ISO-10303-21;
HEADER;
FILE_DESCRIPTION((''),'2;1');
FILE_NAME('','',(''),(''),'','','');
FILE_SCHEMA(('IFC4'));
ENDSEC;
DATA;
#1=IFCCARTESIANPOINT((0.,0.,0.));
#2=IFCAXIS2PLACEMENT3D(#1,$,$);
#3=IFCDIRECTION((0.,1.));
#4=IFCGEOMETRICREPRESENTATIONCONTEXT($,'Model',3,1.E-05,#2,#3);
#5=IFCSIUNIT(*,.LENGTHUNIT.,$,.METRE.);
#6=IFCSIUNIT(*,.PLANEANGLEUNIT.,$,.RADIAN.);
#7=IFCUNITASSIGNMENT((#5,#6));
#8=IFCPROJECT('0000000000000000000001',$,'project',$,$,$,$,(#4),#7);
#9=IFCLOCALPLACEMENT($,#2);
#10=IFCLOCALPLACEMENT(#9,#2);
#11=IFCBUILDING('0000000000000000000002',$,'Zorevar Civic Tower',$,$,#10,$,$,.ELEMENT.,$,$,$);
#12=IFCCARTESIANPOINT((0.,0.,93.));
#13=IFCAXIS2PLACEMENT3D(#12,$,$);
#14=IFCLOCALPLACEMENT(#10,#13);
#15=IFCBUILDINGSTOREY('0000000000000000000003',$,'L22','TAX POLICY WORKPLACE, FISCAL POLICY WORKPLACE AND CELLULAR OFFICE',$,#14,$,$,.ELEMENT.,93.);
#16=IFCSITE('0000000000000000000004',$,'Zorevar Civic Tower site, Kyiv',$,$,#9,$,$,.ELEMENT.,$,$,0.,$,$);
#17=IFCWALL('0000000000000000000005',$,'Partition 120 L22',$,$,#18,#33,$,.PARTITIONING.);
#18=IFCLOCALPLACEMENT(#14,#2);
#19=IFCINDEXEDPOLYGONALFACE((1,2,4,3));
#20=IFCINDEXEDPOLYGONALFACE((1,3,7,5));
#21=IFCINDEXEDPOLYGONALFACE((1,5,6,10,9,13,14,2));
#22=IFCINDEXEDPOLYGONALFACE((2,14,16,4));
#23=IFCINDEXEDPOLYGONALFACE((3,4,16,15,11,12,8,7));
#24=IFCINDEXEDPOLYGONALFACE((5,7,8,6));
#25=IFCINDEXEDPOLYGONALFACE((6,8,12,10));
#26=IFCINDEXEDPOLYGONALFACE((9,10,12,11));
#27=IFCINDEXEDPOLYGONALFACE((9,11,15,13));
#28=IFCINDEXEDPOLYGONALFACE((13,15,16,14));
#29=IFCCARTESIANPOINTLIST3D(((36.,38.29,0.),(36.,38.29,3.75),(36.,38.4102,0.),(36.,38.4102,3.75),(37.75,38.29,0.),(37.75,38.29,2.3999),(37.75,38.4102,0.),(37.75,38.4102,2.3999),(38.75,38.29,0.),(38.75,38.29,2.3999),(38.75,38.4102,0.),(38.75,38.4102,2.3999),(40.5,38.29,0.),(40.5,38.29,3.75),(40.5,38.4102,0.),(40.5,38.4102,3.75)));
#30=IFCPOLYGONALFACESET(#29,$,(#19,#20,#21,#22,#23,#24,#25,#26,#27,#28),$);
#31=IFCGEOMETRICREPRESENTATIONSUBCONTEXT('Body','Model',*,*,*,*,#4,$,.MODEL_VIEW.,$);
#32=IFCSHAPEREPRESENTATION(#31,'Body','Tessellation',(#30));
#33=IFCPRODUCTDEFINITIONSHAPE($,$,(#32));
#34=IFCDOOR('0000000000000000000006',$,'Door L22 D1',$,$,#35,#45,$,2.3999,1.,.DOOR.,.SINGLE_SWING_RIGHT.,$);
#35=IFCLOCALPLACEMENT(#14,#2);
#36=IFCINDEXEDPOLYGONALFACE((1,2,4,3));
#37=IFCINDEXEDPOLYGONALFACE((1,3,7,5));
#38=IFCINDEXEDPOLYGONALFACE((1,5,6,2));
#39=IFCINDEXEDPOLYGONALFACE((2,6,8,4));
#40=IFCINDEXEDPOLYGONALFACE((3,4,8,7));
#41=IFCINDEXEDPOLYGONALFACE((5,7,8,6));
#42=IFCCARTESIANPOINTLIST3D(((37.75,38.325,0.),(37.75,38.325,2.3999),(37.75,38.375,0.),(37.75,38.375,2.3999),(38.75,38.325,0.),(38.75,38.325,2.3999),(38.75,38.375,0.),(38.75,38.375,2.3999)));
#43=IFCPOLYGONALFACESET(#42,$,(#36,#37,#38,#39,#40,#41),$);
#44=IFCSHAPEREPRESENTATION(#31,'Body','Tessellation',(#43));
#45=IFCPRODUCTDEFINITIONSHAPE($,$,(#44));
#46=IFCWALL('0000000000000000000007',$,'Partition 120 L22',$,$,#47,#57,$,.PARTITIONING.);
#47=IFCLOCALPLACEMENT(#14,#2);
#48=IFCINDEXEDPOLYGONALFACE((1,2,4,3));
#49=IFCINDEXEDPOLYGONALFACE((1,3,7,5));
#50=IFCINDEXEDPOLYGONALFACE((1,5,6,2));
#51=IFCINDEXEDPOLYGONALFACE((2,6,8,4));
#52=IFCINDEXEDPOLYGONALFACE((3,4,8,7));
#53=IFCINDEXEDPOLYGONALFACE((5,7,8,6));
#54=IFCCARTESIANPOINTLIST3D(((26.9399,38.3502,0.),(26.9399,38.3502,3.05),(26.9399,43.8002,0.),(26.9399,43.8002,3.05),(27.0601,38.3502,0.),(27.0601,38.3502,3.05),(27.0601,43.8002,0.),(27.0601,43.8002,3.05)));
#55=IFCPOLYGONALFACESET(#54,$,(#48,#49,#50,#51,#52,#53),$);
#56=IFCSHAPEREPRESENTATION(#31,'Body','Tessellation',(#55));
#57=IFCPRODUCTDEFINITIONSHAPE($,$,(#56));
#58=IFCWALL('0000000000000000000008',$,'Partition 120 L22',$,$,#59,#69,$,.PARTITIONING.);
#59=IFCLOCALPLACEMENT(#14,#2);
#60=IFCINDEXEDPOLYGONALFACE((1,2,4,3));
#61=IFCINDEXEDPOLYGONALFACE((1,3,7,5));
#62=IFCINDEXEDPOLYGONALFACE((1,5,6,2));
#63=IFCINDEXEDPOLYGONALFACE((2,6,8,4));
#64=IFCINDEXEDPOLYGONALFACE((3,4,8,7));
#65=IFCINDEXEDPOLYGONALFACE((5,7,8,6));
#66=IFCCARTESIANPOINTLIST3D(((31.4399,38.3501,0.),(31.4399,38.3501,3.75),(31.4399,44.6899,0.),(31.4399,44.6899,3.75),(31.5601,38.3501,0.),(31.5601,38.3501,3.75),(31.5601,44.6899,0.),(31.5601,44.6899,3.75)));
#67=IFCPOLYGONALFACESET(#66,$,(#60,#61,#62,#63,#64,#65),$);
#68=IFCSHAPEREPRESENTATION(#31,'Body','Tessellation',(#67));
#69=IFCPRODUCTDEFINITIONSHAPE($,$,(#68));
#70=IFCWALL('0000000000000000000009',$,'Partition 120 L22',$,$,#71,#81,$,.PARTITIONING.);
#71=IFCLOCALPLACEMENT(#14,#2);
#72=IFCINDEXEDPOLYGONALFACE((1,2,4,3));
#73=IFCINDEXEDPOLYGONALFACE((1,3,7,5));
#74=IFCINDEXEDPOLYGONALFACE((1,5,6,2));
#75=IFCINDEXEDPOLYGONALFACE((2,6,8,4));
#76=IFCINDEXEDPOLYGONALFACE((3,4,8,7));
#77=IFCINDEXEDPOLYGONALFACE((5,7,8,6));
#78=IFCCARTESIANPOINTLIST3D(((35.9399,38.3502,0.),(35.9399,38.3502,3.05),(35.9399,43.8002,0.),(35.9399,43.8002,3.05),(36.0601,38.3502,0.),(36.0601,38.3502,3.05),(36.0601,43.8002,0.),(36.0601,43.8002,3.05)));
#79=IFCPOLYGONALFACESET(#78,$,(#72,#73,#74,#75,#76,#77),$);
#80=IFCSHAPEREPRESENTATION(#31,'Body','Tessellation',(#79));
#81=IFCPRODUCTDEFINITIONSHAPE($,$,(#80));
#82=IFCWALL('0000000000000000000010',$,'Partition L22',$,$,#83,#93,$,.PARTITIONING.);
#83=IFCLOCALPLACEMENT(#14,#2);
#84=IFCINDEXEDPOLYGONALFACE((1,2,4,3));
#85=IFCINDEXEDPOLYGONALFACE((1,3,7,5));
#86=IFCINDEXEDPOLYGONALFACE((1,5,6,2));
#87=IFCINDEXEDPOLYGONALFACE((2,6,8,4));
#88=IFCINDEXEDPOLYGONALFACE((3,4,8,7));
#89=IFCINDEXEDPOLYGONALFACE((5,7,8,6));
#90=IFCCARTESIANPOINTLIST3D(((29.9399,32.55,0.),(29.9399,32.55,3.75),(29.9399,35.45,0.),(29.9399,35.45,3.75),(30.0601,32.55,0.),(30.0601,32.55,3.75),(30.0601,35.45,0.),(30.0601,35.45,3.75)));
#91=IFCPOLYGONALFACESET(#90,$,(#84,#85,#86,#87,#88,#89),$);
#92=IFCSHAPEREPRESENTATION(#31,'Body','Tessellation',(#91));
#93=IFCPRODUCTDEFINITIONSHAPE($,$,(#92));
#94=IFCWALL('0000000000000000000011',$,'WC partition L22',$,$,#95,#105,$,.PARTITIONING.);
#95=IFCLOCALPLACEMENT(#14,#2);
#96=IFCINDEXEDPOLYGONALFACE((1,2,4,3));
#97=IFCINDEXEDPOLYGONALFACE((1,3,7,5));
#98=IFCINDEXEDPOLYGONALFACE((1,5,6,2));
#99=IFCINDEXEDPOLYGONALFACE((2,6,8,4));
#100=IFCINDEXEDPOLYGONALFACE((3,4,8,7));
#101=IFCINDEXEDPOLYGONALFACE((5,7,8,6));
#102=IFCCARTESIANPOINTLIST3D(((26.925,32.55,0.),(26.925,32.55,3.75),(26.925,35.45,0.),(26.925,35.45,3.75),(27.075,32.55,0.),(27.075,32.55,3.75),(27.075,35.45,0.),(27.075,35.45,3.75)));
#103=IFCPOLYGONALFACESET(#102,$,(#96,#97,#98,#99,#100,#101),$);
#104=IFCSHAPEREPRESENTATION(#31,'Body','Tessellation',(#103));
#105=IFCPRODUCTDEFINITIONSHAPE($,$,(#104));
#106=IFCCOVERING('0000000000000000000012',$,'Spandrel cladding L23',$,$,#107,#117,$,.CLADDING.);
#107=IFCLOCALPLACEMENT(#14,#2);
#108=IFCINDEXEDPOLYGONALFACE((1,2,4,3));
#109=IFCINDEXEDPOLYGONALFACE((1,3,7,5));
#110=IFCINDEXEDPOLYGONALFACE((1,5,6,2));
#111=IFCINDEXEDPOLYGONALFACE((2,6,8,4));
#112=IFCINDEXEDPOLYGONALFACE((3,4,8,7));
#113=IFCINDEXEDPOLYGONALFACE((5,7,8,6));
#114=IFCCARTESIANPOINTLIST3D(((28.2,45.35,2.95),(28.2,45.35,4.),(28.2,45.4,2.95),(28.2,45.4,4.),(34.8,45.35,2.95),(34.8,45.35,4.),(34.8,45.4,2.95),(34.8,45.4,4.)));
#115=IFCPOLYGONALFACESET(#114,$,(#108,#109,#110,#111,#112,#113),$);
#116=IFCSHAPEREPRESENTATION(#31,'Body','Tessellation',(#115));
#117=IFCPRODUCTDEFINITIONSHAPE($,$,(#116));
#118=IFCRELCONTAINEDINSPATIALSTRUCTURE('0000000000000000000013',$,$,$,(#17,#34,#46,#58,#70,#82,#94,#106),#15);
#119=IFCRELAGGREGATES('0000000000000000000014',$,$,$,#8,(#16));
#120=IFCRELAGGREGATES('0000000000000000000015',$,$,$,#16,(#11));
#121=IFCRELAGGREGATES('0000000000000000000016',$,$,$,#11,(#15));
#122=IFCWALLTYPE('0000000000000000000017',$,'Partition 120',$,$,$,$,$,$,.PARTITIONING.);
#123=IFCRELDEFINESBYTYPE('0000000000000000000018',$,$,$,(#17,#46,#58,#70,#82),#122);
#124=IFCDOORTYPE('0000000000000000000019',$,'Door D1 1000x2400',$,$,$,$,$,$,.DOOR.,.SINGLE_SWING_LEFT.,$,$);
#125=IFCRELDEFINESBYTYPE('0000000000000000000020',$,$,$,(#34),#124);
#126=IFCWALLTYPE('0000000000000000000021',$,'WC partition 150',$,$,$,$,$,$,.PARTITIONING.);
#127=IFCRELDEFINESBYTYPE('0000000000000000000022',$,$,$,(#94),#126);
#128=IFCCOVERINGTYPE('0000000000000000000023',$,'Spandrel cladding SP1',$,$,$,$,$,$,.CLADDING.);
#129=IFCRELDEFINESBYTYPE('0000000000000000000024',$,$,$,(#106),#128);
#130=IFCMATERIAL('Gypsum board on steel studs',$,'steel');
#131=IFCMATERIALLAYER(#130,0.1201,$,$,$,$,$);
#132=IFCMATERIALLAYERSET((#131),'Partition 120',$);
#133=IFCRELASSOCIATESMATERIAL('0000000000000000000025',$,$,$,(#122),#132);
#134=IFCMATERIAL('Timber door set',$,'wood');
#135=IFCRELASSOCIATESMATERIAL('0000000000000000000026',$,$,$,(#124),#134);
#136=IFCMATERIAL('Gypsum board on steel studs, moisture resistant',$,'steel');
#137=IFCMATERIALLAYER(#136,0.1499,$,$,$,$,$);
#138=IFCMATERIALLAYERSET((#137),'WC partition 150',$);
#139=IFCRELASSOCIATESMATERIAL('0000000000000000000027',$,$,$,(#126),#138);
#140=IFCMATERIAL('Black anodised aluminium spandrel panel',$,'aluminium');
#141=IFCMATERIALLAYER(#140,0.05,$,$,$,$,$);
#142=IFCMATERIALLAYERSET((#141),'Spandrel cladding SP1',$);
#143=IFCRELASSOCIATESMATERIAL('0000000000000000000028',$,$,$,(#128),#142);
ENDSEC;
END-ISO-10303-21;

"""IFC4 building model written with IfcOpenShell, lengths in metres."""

from ifc_helpers import new_model, si_unit, direction, frame, frame_2d, origin, place, context, subcontext, project, spatial, rectangle, extrude, material, layer, layer_set, type_object, element, fill, save


model = new_model("IFC4")

# Units and contexts
model_context = context("Model", 3, precision=1e-05, world=origin(), true_north=direction((0.0, 1.0)))
body_context = subcontext(model_context, "Body", "Model", "MODEL_VIEW")
ifc_project = project(units=[si_unit("LENGTHUNIT", "METRE"), si_unit("PLANEANGLEUNIT", "RADIAN")], contexts=[model_context])

# Site, building, storey
site_placement = place(None, origin())
site = spatial("IfcSite", under=ifc_project, at=site_placement, Name="Zorevar Civic Tower site, Kyiv", CompositionType="ELEMENT", RefElevation=0.0)
building_placement = place(site_placement, origin())
building = spatial("IfcBuilding", under=site, at=building_placement, Name="Zorevar Civic Tower", CompositionType="ELEMENT")
storey_placement = place(building_placement, frame((0.0, 0.0, 93.0)))
storey = spatial("IfcBuildingStorey", under=building, at=storey_placement, Name="L22", Description="TAX POLICY WORKPLACE, FISCAL POLICY WORKPLACE AND CELLULAR OFFICE", CompositionType="ELEMENT", Elevation=93.0)

# Wall, opening, door
ifc_material_1 = material(Name="Gypsum board on steel studs", Category="steel")
ifc_layer_1 = layer(ifc_material_1, 0.1201)
ifc_layer_set_1 = layer_set([ifc_layer_1], Name="Partition 120")
wall_type_1 = type_object("IfcWallType", Name="Partition 120", PredefinedType="PARTITIONING", material=ifc_layer_set_1)
ifc_material_2 = material(Name="Timber door set", Category="wood")
door_type_1 = type_object("IfcDoorType", Name="Door D1 1000x2400", OperationType="SINGLE_SWING_LEFT", PredefinedType="DOOR", material=ifc_material_2)
wall_1_placement = place(storey_placement, frame((36.0, 38.3501, 0.0), z_axis=(0.0, 0.0, 1.0), x_axis=(1.0, 0.0, 0.0)))
wall_1 = element("IfcWall", 1, at=wall_1_placement, inside=storey, type_object=wall_type_1, Name="Partition 120 L22", PredefinedType="PARTITIONING", context=body_context, shape_type="SweptSolid", body=[
    extrude(rectangle(XDim=4.5, YDim=0.1201, at=frame_2d((2.25, 0.0))), origin(), (0.0, 0.0, 1.0), 3.75),
])
opening_1_placement = place(wall_1_placement, frame((1.75, 0.0, 0.0)))
opening_1 = element("IfcOpeningElement", 2, at=opening_1_placement, cuts=wall_1, PredefinedType="OPENING", context=body_context, shape_type="SweptSolid", body=[
    extrude(rectangle(XDim=1.0, YDim=2.3999, at=frame_2d((0.5, 1.2))), frame((0.0, 0.0701, 0.0), z_axis=(0.0, -1.0, 0.0), x_axis=(1.0, 0.0, 0.0)), (0.0, 0.0, 1.0), 0.1401),
])
door_1_placement = place(opening_1_placement, origin())
door_1 = element("IfcDoor", 3, at=door_1_placement, inside=storey, type_object=door_type_1, Name="Door L22 D1", OperationType="SINGLE_SWING_RIGHT", OverallHeight=2.3999, OverallWidth=1.0, PredefinedType="DOOR", context=body_context, shape_type="SweptSolid", body=[
    extrude(rectangle(XDim=1.0, YDim=2.3999, at=frame_2d((0.5, 1.2))), frame((0.0, 0.0249, 0.0), z_axis=(0.0, -1.0, 0.0), x_axis=(1.0, 0.0, 0.0)), (0.0, 0.0, 1.0), 0.05),
])
fill(opening_1, door_1)

# Walls
wall_2_placement = place(storey_placement, frame((27.0, 38.3501, 0.0), z_axis=(0.0, 0.0, 1.0), x_axis=(0.0, 1.0, 0.0)))
element("IfcWall", 4, at=wall_2_placement, inside=storey, type_object=wall_type_1, Name="Partition 120 L22", PredefinedType="PARTITIONING", context=body_context, shape_type="SweptSolid", body=[
    extrude(rectangle(XDim=5.45, YDim=0.1201, at=frame_2d((2.7251, 0.0))), origin(), (0.0, 0.0, 1.0), 3.05),
])
wall_3_placement = place(storey_placement, frame((31.5, 38.3501, 0.0), z_axis=(0.0, 0.0, 1.0), x_axis=(0.0, 1.0, 0.0)))
element("IfcWall", 5, at=wall_3_placement, inside=storey, type_object=wall_type_1, Name="Partition 120 L22", PredefinedType="PARTITIONING", context=body_context, shape_type="SweptSolid", body=[
    extrude(rectangle(XDim=6.3398, YDim=0.1201, at=frame_2d((3.1699, 0.0))), origin(), (0.0, 0.0, 1.0), 3.75),
])
wall_4_placement = place(storey_placement, frame((36.0, 38.3501, 0.0), z_axis=(0.0, 0.0, 1.0), x_axis=(0.0, 1.0, 0.0)))
element("IfcWall", 6, at=wall_4_placement, inside=storey, type_object=wall_type_1, Name="Partition 120 L22", PredefinedType="PARTITIONING", context=body_context, shape_type="SweptSolid", body=[
    extrude(rectangle(XDim=5.45, YDim=0.1201, at=frame_2d((2.7251, 0.0))), origin(), (0.0, 0.0, 1.0), 3.05),
])
wall_5_placement = place(storey_placement, frame((30.0, 32.55, 0.0), z_axis=(0.0, 0.0, 1.0), x_axis=(0.0, 1.0, 0.0)))
element("IfcWall", 7, at=wall_5_placement, inside=storey, type_object=wall_type_1, Name="Partition L22", PredefinedType="PARTITIONING", context=body_context, shape_type="SweptSolid", body=[
    extrude(rectangle(XDim=2.8999, YDim=0.1201, at=frame_2d((1.45, 0.0))), origin(), (0.0, 0.0, 1.0), 3.75),
])
ifc_material_3 = material(Name="Gypsum board on steel studs, moisture resistant", Category="steel")
ifc_layer_2 = layer(ifc_material_3, 0.1499)
ifc_layer_set_2 = layer_set([ifc_layer_2], Name="WC partition 150")
wall_type_2 = type_object("IfcWallType", Name="WC partition 150", PredefinedType="PARTITIONING", material=ifc_layer_set_2)
wall_6_placement = place(storey_placement, frame((27.0, 32.55, 0.0), z_axis=(0.0, 0.0, 1.0), x_axis=(0.0, 1.0, 0.0)))
element("IfcWall", 8, at=wall_6_placement, inside=storey, type_object=wall_type_2, Name="WC partition L22", PredefinedType="PARTITIONING", context=body_context, shape_type="SweptSolid", body=[
    extrude(rectangle(XDim=2.8999, YDim=0.1499, at=frame_2d((1.45, 0.0))), origin(), (0.0, 0.0, 1.0), 3.75),
])

# Covering
ifc_material_4 = material(Name="Black anodised aluminium spandrel panel", Category="aluminium")
ifc_layer_3 = layer(ifc_material_4, 0.05)
ifc_layer_set_3 = layer_set([ifc_layer_3], Name="Spandrel cladding SP1")
covering_type = type_object("IfcCoveringType", Name="Spandrel cladding SP1", PredefinedType="CLADDING", material=ifc_layer_set_3)
covering_placement = place(storey_placement, frame((28.2, 45.375, 2.95), z_axis=(0.0, 0.0, 1.0), x_axis=(1.0, 0.0, 0.0)))
element("IfcCovering", 9, at=covering_placement, inside=storey, type_object=covering_type, Name="Spandrel cladding L23", PredefinedType="CLADDING", context=body_context, shape_type="SweptSolid", body=[
    extrude(rectangle(XDim=6.6001, YDim=0.05, at=frame_2d((3.3, 0.0))), origin(), (0.0, 0.0, 1.0), 1.05),
])

save(model, "model.ifc")
